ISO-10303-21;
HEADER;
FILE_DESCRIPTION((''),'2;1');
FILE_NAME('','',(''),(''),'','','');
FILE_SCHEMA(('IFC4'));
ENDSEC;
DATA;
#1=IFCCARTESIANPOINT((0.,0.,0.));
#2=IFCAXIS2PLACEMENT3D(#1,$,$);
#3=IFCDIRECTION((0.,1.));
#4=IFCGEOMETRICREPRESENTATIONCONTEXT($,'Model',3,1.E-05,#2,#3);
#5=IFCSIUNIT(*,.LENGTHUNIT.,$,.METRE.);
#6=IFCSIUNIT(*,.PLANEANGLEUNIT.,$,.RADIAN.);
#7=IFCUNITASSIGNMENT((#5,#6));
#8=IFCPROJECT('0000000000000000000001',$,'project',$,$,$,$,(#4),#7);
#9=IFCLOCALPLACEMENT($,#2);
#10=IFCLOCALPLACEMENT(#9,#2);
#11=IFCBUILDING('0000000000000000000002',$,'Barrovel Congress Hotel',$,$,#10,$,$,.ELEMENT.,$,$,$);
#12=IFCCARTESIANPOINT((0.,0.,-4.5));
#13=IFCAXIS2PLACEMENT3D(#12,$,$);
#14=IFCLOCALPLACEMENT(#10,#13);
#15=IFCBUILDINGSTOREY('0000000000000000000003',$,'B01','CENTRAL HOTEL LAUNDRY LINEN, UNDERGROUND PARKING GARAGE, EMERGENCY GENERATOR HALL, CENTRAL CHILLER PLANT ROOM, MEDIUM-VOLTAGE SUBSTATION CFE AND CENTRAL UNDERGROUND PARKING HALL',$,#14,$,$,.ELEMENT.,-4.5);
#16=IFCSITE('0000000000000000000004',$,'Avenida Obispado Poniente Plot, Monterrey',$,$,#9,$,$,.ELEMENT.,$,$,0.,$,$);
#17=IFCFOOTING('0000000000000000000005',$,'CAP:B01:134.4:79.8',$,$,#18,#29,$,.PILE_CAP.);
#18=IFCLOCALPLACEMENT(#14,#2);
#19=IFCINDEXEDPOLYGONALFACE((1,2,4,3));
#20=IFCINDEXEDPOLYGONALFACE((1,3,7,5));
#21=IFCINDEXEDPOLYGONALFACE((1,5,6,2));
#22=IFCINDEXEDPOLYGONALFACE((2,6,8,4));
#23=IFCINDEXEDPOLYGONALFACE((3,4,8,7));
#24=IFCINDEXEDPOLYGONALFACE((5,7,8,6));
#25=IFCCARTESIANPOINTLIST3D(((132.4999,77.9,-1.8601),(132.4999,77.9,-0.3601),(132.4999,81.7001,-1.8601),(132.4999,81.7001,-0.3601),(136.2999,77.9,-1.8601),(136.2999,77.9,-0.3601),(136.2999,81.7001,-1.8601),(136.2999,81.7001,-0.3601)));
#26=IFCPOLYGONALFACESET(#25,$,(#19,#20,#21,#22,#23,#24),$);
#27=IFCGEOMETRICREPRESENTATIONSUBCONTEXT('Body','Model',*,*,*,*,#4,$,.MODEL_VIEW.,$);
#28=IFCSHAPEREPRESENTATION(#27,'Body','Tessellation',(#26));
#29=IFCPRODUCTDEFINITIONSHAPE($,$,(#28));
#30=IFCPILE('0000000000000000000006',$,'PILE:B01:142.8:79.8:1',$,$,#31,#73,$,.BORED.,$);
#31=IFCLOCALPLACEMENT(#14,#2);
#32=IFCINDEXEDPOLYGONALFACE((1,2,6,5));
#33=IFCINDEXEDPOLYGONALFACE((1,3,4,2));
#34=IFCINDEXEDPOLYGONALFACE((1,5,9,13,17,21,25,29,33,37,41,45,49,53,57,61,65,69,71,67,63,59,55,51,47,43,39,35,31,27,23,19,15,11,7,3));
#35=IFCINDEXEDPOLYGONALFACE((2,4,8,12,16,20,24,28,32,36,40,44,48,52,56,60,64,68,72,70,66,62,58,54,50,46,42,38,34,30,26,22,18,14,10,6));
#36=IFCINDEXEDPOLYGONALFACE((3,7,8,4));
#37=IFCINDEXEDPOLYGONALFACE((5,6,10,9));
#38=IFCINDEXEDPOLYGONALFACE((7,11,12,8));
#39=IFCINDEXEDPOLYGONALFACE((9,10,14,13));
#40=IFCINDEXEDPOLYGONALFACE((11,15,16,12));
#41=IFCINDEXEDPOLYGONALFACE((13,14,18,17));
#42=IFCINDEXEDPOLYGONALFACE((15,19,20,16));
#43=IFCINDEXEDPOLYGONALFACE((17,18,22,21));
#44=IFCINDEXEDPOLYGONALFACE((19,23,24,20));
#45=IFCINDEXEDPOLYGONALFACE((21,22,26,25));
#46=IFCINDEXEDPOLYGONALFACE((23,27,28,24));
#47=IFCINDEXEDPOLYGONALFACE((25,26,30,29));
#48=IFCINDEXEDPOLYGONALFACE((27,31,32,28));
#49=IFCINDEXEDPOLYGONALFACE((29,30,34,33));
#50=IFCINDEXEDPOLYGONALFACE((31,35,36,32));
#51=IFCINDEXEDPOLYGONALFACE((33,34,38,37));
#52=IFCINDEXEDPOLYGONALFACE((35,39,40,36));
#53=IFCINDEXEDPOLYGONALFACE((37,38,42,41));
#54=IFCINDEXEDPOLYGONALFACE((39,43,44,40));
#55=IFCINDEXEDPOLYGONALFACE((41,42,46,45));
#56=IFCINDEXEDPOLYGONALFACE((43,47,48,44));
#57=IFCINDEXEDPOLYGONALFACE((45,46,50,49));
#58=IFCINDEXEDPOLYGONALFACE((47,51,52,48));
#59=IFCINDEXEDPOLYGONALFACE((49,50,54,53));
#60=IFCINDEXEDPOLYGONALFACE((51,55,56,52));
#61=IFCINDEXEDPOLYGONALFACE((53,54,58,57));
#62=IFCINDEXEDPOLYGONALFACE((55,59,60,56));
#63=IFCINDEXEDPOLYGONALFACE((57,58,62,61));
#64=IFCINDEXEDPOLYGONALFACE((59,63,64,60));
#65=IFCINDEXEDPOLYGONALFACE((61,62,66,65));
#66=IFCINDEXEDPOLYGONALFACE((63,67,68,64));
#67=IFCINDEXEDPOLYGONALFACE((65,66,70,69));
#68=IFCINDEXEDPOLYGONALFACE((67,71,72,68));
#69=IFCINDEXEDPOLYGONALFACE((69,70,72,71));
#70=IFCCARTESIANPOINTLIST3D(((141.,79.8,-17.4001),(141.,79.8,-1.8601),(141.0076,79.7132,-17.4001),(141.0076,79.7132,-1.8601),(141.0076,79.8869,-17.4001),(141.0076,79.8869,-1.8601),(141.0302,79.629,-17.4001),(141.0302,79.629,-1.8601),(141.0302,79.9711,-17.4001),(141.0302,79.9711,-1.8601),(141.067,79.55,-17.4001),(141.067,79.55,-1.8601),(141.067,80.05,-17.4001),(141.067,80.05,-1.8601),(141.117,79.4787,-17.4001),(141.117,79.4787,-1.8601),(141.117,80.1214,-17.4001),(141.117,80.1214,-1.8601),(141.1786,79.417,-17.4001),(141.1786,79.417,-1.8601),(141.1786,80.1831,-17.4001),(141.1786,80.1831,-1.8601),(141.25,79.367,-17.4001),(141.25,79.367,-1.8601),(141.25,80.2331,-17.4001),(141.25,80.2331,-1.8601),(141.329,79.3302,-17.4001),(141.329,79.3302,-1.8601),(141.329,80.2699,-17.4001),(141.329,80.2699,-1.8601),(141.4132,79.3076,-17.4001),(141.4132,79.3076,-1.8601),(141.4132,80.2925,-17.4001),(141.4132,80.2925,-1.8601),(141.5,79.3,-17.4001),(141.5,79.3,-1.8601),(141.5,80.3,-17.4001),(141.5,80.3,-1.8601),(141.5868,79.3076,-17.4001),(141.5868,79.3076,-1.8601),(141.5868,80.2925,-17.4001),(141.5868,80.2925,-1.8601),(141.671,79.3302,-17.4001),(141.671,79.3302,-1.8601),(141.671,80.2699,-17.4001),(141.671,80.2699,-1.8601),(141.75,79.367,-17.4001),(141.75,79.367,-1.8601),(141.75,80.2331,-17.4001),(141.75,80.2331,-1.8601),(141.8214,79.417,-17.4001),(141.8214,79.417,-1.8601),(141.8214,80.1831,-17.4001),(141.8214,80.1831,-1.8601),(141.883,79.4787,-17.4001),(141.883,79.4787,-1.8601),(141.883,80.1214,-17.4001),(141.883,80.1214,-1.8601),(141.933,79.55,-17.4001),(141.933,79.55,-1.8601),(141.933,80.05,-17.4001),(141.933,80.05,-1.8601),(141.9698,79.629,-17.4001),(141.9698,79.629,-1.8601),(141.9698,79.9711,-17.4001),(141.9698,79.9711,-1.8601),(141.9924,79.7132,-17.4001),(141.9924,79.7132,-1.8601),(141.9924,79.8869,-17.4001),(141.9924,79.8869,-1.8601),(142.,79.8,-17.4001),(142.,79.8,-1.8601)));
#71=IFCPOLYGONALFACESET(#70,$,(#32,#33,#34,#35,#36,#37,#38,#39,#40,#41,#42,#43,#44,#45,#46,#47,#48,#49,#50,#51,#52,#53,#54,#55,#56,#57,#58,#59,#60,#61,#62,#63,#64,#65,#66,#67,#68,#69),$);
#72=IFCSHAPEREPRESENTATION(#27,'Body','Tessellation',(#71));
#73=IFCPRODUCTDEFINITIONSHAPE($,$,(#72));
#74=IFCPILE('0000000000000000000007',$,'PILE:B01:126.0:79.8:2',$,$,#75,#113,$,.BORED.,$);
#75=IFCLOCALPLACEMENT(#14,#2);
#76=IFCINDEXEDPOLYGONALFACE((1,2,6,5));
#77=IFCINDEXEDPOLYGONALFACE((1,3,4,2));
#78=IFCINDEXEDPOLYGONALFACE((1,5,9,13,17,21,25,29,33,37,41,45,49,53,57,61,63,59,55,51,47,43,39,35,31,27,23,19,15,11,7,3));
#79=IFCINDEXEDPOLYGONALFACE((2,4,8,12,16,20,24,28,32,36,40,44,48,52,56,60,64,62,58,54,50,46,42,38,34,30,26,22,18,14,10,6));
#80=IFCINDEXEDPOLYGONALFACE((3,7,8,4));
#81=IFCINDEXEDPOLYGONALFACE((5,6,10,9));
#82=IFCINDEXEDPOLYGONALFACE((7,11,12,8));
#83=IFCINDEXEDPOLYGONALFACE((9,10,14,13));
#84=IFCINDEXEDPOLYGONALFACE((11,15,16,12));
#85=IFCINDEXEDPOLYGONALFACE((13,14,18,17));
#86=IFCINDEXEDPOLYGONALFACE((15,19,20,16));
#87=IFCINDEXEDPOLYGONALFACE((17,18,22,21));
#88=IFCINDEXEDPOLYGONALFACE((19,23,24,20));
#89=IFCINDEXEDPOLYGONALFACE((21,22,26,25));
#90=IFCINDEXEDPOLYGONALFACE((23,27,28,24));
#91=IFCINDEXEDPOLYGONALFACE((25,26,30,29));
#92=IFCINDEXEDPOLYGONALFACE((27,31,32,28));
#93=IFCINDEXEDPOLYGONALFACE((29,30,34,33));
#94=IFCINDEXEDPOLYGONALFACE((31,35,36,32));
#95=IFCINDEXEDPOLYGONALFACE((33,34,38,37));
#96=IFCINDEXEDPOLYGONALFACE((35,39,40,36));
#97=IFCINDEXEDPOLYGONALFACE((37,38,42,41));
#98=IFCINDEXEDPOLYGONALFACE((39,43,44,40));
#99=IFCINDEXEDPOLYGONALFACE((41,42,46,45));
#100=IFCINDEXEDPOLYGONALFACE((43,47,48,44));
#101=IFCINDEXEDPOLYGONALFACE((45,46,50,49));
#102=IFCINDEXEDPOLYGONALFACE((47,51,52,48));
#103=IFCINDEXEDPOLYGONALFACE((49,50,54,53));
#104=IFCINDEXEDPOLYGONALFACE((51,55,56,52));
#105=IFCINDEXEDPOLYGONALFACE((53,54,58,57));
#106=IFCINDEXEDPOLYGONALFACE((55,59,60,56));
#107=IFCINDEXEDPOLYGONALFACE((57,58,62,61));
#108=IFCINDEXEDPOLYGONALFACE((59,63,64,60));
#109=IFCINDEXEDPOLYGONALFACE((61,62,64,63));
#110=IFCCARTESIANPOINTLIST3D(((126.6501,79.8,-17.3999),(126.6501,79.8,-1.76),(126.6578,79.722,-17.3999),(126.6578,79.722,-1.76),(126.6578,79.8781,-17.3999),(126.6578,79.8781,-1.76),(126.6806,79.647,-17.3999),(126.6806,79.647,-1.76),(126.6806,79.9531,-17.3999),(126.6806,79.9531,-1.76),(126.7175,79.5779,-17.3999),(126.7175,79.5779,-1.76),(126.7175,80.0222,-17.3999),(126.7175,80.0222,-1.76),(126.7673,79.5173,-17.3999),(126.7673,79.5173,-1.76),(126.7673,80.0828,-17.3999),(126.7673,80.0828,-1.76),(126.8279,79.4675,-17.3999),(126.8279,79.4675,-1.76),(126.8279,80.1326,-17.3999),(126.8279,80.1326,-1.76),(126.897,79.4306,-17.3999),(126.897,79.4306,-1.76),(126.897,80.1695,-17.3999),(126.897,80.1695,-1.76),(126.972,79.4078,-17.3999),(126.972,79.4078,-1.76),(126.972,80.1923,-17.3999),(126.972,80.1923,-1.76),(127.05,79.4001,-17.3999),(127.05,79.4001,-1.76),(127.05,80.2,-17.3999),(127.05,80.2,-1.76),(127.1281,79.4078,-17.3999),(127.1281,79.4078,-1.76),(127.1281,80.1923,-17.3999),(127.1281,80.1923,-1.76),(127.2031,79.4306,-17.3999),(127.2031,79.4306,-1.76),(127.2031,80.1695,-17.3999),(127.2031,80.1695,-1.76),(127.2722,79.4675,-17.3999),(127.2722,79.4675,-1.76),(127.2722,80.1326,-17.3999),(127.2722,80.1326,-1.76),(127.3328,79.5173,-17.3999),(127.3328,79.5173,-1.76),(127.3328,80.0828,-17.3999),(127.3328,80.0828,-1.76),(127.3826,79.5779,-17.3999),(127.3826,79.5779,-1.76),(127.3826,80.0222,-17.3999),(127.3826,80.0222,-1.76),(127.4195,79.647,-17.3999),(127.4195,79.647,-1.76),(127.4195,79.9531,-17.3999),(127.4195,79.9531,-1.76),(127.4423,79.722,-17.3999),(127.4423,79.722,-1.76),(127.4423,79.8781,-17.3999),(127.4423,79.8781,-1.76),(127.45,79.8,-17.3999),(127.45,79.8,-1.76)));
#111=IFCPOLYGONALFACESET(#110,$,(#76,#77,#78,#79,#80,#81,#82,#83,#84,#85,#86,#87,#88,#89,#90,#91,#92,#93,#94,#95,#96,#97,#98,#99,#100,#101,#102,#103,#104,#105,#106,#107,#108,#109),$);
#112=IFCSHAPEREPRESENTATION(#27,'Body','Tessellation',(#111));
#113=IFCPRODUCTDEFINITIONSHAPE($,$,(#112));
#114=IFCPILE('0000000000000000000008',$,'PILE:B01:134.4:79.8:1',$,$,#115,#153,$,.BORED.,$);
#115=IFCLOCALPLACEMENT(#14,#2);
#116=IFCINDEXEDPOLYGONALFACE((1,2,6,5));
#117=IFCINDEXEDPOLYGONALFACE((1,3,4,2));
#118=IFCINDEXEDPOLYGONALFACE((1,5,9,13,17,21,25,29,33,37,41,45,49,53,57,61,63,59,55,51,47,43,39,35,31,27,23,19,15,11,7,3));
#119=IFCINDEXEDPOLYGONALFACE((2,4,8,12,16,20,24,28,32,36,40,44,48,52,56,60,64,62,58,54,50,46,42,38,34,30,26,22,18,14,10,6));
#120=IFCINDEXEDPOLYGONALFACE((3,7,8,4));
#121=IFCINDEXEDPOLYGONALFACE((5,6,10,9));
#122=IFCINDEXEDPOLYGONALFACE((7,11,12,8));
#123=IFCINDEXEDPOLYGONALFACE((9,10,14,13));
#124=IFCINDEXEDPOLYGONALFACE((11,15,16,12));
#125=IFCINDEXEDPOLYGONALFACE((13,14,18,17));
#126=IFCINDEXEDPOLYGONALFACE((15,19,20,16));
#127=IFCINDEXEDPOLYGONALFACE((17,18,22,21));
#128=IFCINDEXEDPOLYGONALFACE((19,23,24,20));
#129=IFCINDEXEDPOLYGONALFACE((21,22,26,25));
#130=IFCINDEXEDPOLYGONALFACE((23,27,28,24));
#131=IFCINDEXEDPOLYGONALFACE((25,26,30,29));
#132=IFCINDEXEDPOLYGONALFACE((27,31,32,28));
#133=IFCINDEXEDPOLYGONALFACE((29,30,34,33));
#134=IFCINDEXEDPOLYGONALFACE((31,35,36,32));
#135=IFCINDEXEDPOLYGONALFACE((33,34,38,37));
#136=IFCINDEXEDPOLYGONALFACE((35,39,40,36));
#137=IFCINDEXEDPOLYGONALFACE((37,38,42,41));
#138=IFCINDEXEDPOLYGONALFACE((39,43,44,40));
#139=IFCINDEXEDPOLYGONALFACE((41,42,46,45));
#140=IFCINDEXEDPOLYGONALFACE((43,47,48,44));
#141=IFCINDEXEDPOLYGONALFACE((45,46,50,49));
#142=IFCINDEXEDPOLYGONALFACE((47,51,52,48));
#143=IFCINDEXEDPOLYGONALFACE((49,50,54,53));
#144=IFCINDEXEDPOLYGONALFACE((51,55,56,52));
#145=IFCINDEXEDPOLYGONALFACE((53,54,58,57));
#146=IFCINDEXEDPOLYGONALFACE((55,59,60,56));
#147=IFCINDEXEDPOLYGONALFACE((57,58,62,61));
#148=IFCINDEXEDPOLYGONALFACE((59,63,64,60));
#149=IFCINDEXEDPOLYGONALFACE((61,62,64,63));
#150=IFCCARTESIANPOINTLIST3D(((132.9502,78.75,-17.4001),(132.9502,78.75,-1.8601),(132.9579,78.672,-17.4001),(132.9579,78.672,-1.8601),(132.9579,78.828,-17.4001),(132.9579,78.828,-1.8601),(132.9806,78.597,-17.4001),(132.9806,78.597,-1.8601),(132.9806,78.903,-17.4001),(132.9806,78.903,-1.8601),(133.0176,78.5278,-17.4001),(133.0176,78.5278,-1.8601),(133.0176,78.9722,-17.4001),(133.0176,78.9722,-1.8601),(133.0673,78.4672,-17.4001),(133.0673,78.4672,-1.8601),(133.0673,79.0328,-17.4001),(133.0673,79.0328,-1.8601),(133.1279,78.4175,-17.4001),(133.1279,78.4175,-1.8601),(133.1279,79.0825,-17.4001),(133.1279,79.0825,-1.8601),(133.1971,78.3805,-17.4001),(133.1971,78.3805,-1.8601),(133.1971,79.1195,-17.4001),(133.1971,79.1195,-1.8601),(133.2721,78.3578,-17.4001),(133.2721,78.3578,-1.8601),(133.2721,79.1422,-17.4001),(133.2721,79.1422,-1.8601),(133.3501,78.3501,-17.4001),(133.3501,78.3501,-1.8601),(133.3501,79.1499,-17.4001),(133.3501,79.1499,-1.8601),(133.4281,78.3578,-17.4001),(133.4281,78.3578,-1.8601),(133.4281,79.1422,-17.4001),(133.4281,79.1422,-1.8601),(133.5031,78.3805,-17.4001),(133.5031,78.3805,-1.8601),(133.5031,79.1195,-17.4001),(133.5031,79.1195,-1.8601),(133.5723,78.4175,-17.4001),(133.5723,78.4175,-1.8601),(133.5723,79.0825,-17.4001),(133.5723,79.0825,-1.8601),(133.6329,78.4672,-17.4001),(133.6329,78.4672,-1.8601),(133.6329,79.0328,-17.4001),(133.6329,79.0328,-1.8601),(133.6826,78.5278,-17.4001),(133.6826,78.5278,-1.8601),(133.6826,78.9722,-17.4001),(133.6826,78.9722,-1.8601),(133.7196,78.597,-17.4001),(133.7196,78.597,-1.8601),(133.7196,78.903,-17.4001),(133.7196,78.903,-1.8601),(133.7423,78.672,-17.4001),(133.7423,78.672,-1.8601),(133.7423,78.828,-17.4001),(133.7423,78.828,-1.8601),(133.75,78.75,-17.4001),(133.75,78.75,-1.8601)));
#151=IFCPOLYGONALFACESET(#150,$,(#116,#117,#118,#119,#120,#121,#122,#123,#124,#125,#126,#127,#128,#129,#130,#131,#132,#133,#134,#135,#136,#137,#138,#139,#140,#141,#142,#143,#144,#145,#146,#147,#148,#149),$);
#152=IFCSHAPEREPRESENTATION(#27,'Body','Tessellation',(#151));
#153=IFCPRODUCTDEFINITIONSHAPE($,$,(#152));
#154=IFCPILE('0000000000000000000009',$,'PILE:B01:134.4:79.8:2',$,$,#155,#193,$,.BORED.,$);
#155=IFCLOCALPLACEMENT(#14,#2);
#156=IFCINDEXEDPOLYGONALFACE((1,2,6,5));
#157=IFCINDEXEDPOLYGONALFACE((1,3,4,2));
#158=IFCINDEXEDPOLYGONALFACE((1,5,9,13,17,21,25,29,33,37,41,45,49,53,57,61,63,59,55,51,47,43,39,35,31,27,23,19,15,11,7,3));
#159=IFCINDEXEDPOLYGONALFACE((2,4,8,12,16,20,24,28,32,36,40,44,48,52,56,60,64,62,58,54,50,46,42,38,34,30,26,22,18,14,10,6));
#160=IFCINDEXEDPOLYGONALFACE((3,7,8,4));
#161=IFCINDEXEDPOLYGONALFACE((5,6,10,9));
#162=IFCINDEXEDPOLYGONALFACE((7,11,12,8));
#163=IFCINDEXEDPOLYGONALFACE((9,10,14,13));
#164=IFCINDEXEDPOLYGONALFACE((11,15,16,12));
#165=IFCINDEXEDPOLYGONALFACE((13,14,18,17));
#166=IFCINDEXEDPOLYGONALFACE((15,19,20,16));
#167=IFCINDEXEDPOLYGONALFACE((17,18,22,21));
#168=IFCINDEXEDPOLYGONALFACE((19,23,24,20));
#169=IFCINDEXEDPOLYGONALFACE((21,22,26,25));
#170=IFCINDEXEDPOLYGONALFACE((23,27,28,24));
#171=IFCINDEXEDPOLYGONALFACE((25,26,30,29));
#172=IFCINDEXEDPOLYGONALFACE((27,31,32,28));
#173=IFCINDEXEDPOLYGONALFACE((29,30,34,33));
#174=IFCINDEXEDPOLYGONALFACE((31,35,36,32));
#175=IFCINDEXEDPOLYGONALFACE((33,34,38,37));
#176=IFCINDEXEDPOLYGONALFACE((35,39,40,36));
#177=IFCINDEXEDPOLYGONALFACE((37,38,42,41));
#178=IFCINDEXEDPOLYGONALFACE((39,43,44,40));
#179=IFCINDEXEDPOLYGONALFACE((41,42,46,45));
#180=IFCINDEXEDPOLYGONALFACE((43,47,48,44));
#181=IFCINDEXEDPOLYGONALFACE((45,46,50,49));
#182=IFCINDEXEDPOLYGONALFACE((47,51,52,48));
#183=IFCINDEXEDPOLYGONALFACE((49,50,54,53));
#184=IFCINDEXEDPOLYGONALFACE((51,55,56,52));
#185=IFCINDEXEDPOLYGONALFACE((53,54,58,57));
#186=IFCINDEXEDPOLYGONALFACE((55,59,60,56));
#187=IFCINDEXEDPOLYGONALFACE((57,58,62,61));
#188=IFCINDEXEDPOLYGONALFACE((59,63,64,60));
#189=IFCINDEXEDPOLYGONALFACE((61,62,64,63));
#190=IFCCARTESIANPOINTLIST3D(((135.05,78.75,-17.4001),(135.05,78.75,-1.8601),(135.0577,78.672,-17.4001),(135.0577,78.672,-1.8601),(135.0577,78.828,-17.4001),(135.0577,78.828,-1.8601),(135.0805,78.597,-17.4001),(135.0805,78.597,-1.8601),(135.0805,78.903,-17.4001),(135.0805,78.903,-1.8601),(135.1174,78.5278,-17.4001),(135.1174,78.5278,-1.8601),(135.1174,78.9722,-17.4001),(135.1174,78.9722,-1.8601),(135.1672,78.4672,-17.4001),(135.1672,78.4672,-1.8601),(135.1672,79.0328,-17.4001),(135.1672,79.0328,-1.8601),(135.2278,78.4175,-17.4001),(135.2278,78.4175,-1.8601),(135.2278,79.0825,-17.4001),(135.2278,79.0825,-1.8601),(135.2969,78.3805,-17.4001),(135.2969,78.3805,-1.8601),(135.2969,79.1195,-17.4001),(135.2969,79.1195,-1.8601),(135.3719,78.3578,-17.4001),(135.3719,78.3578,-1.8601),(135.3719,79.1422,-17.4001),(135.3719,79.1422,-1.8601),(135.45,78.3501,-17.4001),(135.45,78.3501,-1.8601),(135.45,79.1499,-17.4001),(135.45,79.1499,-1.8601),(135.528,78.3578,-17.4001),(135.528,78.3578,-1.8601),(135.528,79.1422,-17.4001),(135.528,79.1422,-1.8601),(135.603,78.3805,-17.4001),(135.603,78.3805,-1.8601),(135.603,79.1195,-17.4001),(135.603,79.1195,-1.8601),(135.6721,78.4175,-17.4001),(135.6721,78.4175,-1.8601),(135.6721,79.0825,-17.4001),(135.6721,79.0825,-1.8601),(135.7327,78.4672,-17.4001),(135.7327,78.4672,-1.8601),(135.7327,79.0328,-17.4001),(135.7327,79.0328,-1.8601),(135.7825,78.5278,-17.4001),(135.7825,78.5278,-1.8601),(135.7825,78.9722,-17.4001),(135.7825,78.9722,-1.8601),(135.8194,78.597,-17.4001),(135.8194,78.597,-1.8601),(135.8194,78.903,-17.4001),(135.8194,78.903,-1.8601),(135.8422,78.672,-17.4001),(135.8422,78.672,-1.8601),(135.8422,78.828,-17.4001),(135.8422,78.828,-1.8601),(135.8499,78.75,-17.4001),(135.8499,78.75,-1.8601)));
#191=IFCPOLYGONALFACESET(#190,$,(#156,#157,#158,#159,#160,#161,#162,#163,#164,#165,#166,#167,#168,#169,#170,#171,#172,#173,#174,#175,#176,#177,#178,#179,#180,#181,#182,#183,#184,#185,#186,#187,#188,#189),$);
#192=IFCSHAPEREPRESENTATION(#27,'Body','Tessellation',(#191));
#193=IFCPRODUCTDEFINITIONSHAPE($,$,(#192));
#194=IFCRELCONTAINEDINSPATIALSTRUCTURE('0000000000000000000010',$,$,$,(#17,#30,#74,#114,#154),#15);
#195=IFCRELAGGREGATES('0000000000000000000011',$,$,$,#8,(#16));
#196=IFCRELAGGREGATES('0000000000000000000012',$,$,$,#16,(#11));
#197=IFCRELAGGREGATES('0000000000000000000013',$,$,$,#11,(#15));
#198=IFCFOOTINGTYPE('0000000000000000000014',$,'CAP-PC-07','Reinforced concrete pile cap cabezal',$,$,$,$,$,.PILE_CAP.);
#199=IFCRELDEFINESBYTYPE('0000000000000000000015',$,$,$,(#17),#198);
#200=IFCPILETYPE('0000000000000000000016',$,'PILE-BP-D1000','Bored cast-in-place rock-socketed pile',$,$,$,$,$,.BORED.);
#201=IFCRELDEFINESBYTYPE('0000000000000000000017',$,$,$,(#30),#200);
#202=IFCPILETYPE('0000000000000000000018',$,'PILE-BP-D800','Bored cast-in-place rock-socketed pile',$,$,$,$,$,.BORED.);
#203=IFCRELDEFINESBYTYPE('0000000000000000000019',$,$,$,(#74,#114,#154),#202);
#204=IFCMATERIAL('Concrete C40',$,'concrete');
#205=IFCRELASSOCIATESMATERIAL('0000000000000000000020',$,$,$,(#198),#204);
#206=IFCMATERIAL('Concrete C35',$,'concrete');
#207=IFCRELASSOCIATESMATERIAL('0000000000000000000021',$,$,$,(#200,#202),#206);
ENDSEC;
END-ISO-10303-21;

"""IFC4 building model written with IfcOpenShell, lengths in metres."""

from ifc_helpers import new_model, si_unit, direction, frame, origin, origin_2d, place, context, subcontext, project, spatial, rectangle, circle, extrude, material, material_profile, profile_set, type_object, element, save


model = new_model("IFC4")

# Units and contexts
model_context = context("Model", 3, precision=1e-05, world=origin(), true_north=direction((0.0, 1.0)))
body_context = subcontext(model_context, "Body", "Model", "MODEL_VIEW")
ifc_project = project(units=[si_unit("LENGTHUNIT", "METRE"), si_unit("PLANEANGLEUNIT", "RADIAN")], contexts=[model_context])

# Site, building, storey
site_placement = place(None, origin())
site = spatial("IfcSite", under=ifc_project, at=site_placement, Name="Avenida Obispado Poniente Plot, Monterrey", CompositionType="ELEMENT", RefElevation=0.0)
building_placement = place(site_placement, origin())
building = spatial("IfcBuilding", under=site, at=building_placement, Name="Barrovel Congress Hotel", CompositionType="ELEMENT")
storey_placement = place(building_placement, frame((0.0, 0.0, -4.5)))
storey = spatial("IfcBuildingStorey", under=building, at=storey_placement, Name="B01", Description="CENTRAL HOTEL LAUNDRY LINEN, UNDERGROUND PARKING GARAGE, EMERGENCY GENERATOR HALL, CENTRAL CHILLER PLANT ROOM, MEDIUM-VOLTAGE SUBSTATION CFE AND CENTRAL UNDERGROUND PARKING HALL", CompositionType="ELEMENT", Elevation=-4.5)

# Footing
ifc_material_1 = material(Name="Concrete C40", Category="concrete")
footing_type = type_object("IfcFootingType", Name="CAP-PC-07", Description="Reinforced concrete pile cap cabezal", PredefinedType="PILE_CAP", material=ifc_material_1)
footing_placement = place(storey_placement, frame((134.3999, 79.8, -1.8601), z_axis=(0.0, 0.0, 1.0), x_axis=(1.0, 0.0, 0.0)))
element("IfcFooting", 1, at=footing_placement, inside=storey, type_object=footing_type, Name="CAP:B01:134.4:79.8", PredefinedType="PILE_CAP", context=body_context, shape_type="SweptSolid", body=[
    extrude(rectangle(XDim=3.8, YDim=3.8, at=origin_2d()), origin(), (0.0, 0.0, 1.0), 1.5),
])

# Piles
ifc_material_2 = material(Name="Concrete C35", Category="concrete")
ifc_material_profile_1 = material_profile(ifc_material_2, circle(Radius=0.5, at=origin_2d()), Name="BP-D1000")
ifc_profile_set_1 = profile_set([ifc_material_profile_1], Name="Concrete C35")
pile_type_1 = type_object("IfcPileType", Name="PILE-BP-D1000", Description="Bored cast-in-place rock-socketed pile", PredefinedType="BORED", material=ifc_profile_set_1)
pile_1_placement = place(storey_placement, frame((141.5, 79.8, -1.8601), z_axis=(0.0, 0.0, -1.0), x_axis=(1.0, 0.0, 0.0)))
element("IfcPile", 2, at=pile_1_placement, inside=storey, type_object=pile_type_1, Name="PILE:B01:142.8:79.8:1", PredefinedType="BORED", context=body_context, shape_type="SweptSolid", body=[
    extrude(circle(Radius=0.5, at=origin_2d()), origin(), (0.0, 0.0, 1.0), 15.54),
])
ifc_material_profile_2 = material_profile(ifc_material_2, circle(Radius=0.3999, at=origin_2d()), Name="BP-D800")
ifc_profile_set_2 = profile_set([ifc_material_profile_2], Name="Concrete C35")
pile_type_2 = type_object("IfcPileType", Name="PILE-BP-D800", Description="Bored cast-in-place rock-socketed pile", PredefinedType="BORED", material=ifc_profile_set_2)
pile_2_placement = place(storey_placement, frame((127.05, 79.8, -1.76), z_axis=(0.0, 0.0, -1.0), x_axis=(1.0, 0.0, 0.0)))
element("IfcPile", 3, at=pile_2_placement, inside=storey, type_object=pile_type_2, Name="PILE:B01:126.0:79.8:2", PredefinedType="BORED", context=body_context, shape_type="SweptSolid", body=[
    extrude(circle(Radius=0.3999, at=origin_2d()), origin(), (0.0, 0.0, 1.0), 15.6399),
])
for number, where, z_axis, x_axis, name in (
    (4, (133.3501, 78.75, -1.8601), (0.0, 0.0, -1.0), (1.0, 0.0, 0.0), "PILE:B01:134.4:79.8:1"),
    (5, (135.45, 78.75, -1.8601), (0.0, 0.0, -1.0), (1.0, 0.0, 0.0), "PILE:B01:134.4:79.8:2"),
):
    element("IfcPile", number, at=place(storey_placement, frame(where, z_axis=z_axis, x_axis=x_axis)), inside=storey, type_object=pile_type_2, Name=name, PredefinedType="BORED", context=body_context, shape_type="SweptSolid", body=[
        extrude(circle(Radius=0.3999, at=origin_2d()), origin(), (0.0, 0.0, 1.0), 15.54),
    ])

save(model, "model.ifc")
